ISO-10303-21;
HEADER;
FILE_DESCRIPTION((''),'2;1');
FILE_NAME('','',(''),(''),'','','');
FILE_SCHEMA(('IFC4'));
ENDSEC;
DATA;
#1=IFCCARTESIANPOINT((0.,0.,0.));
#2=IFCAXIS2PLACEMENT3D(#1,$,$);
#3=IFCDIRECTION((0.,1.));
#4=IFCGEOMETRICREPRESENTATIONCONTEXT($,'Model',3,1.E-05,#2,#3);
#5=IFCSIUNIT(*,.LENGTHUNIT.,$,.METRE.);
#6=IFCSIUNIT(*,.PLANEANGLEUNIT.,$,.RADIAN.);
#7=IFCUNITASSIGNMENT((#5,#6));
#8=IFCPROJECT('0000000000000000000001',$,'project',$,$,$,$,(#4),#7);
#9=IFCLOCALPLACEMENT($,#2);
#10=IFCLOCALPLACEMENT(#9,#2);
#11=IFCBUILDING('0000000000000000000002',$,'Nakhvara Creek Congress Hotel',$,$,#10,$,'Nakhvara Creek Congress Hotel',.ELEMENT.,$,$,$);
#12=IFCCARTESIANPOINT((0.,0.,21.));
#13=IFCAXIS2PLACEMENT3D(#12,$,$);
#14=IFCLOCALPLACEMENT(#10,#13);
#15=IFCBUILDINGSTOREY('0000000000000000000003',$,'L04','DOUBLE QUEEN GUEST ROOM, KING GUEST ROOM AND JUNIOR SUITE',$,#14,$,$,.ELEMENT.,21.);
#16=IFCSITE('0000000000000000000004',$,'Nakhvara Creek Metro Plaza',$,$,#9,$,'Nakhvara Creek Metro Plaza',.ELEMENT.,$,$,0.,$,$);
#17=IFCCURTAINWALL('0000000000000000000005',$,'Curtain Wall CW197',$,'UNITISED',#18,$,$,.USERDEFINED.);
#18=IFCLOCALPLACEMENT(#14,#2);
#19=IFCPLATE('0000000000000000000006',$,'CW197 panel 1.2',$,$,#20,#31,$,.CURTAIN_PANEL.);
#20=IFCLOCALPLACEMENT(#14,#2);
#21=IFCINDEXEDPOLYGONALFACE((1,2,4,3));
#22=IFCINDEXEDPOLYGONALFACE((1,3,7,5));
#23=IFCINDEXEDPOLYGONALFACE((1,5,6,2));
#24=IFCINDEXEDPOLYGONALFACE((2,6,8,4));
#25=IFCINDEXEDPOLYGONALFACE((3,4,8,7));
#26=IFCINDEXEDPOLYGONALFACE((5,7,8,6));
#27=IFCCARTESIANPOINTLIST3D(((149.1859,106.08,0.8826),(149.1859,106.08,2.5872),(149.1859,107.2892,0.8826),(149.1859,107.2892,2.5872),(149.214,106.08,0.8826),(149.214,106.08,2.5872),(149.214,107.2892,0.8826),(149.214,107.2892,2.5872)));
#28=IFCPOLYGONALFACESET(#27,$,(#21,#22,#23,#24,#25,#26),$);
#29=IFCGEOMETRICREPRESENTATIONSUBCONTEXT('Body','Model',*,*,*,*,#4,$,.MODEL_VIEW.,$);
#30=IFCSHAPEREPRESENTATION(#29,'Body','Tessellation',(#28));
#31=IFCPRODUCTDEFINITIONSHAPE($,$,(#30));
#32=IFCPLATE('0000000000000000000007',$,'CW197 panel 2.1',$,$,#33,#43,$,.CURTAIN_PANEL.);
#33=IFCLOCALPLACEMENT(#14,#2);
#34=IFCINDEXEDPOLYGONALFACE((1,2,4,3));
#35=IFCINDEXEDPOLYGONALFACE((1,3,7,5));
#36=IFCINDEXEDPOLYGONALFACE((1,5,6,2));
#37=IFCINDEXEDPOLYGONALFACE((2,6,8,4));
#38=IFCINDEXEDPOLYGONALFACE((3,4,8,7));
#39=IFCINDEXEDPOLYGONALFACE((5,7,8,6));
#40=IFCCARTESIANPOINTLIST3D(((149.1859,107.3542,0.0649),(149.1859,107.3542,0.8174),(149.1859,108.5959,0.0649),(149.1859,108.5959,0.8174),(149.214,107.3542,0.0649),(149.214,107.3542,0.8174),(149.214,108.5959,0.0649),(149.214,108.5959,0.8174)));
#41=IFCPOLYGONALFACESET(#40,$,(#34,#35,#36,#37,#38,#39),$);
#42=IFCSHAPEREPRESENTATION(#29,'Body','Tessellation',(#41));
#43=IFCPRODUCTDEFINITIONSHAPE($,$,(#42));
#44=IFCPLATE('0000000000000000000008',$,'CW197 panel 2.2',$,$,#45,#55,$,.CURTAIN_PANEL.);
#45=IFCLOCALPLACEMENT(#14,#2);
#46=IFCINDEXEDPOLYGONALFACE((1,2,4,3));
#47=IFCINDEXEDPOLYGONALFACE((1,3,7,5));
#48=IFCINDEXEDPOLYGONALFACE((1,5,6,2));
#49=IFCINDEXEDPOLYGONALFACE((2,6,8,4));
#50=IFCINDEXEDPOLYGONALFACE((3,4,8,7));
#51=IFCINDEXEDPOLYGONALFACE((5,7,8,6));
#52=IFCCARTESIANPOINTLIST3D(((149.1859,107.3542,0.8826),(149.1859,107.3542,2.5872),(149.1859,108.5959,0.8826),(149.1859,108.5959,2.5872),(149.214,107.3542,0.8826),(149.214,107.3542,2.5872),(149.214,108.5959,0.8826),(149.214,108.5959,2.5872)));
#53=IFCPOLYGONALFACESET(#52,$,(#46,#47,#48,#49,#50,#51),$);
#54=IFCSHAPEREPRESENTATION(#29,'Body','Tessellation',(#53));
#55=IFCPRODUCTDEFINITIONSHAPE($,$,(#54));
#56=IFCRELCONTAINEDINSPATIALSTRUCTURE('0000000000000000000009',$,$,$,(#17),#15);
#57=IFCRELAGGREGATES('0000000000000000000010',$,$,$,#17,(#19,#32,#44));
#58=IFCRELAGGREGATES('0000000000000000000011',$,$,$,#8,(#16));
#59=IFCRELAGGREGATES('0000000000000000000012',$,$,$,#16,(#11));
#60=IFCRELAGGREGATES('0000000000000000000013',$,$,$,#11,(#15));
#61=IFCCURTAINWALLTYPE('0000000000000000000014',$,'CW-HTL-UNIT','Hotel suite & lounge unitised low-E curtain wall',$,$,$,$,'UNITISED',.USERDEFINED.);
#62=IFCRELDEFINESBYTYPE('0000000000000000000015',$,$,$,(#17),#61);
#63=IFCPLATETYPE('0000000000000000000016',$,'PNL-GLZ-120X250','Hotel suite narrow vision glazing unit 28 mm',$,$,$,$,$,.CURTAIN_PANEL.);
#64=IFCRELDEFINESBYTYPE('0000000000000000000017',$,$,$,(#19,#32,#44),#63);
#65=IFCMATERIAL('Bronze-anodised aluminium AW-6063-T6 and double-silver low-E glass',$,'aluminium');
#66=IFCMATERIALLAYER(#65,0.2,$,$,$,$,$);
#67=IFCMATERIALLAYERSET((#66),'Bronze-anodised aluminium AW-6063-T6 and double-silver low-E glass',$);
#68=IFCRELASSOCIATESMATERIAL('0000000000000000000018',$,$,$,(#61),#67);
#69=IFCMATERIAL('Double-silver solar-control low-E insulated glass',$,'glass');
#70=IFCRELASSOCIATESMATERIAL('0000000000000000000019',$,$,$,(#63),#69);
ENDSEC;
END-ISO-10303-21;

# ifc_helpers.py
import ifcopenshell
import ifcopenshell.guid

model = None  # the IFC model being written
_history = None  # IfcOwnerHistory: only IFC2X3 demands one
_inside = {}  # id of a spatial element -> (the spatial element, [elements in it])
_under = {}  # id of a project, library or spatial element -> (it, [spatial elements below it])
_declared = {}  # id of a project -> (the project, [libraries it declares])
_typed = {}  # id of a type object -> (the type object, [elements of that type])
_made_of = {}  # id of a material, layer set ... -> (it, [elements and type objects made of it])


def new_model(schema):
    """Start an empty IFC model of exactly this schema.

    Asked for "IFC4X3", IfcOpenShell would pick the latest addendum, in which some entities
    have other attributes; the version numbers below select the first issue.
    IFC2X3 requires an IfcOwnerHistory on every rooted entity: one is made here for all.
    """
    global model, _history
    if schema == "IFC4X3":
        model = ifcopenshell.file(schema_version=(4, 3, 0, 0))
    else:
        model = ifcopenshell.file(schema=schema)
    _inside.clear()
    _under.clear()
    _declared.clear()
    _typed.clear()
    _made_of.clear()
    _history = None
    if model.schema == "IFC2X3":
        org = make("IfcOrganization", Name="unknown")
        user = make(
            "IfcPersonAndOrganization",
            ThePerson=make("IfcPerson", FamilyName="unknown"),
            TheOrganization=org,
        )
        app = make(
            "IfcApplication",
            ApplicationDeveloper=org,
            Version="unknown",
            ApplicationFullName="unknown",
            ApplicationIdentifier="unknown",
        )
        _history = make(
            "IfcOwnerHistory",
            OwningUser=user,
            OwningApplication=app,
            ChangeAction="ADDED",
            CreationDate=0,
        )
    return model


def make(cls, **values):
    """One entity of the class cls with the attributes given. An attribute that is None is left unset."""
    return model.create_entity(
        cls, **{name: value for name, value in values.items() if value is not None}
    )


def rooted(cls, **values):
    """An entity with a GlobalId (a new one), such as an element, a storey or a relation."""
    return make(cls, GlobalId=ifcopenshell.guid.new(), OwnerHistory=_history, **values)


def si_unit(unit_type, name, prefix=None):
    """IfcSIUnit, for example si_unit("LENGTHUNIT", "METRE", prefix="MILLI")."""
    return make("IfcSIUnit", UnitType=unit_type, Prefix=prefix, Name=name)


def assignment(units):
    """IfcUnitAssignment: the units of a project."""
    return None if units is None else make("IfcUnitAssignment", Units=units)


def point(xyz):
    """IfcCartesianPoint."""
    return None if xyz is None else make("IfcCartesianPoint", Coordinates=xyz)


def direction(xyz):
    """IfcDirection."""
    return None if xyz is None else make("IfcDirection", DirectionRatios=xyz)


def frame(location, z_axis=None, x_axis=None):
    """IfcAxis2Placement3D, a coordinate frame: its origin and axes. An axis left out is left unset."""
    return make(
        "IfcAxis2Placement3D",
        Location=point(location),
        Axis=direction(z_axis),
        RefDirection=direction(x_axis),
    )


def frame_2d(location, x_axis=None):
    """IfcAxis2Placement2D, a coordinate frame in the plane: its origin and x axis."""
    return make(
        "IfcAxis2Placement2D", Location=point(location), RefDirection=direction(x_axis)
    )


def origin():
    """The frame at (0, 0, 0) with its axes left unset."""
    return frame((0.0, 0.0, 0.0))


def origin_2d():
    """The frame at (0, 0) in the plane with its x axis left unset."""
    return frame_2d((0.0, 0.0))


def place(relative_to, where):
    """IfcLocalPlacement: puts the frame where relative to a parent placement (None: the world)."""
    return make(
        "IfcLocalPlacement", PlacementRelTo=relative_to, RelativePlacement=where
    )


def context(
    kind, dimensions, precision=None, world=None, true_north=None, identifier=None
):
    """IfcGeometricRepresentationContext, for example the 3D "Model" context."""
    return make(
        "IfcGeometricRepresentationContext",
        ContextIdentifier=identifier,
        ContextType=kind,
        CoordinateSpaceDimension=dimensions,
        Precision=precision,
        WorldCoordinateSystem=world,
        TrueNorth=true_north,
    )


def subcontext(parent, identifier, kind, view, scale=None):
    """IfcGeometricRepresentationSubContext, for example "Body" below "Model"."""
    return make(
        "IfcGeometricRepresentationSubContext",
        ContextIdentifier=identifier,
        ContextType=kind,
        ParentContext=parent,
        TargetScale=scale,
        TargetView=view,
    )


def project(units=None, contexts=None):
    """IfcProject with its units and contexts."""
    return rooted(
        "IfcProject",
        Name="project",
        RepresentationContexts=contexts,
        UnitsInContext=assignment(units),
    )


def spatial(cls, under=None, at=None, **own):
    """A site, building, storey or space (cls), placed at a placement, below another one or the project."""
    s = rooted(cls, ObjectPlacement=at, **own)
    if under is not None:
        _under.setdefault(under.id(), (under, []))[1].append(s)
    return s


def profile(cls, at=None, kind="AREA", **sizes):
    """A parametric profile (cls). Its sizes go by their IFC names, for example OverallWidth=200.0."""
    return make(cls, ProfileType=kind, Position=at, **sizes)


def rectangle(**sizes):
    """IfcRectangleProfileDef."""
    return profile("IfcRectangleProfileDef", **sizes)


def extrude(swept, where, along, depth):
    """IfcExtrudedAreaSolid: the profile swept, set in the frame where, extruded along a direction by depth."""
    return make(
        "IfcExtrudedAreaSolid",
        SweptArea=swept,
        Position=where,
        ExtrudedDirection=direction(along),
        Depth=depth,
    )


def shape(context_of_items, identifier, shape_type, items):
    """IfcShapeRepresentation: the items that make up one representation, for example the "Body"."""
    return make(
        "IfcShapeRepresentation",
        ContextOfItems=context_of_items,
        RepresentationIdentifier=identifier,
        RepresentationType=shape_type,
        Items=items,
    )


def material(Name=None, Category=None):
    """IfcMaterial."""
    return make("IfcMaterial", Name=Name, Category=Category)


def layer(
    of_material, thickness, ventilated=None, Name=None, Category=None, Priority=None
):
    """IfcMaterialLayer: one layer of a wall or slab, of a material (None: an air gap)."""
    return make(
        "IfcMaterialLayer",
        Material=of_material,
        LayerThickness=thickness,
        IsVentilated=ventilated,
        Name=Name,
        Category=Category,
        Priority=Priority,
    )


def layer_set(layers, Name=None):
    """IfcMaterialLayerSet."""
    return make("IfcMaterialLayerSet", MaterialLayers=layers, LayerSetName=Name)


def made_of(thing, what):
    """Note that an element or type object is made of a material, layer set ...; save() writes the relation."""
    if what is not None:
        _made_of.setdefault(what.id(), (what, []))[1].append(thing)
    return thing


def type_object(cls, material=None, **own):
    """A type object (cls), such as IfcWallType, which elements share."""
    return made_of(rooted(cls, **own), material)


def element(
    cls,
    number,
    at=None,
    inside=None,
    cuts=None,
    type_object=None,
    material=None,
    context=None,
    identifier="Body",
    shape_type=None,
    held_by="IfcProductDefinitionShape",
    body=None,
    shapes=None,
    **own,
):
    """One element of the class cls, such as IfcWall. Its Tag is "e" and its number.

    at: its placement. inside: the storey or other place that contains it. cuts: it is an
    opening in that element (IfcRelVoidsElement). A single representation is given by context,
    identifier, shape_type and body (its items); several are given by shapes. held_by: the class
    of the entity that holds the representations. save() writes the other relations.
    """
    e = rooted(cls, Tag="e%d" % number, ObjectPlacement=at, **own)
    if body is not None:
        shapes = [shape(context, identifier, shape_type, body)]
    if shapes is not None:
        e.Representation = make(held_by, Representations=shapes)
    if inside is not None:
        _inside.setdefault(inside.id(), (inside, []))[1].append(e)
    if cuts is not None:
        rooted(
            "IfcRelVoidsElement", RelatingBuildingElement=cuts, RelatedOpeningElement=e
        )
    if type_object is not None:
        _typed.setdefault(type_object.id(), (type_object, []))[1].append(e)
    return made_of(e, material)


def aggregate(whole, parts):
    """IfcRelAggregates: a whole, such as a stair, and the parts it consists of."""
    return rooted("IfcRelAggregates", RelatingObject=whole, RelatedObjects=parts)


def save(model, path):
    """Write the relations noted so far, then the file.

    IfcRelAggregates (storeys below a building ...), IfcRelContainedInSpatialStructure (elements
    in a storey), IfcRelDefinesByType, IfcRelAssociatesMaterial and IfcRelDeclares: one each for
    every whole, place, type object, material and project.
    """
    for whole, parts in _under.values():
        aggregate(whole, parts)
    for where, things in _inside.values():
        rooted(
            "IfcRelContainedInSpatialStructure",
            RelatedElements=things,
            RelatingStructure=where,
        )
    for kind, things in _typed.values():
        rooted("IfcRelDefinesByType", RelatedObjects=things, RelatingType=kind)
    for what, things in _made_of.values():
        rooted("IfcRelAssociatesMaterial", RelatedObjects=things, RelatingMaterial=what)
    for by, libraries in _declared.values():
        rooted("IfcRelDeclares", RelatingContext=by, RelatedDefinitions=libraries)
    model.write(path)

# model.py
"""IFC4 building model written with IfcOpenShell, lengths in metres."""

from ifc_helpers import new_model, si_unit, direction, frame, origin, origin_2d, place, context, subcontext, project, spatial, rectangle, extrude, material, layer, layer_set, type_object, element, aggregate, save


model = new_model("IFC4")

# Units and contexts
model_context = context("Model", 3, precision=1e-05, world=origin(), true_north=direction((0.0, 1.0)))
body_context = subcontext(model_context, "Body", "Model", "MODEL_VIEW")
ifc_project = project(units=[si_unit("LENGTHUNIT", "METRE"), si_unit("PLANEANGLEUNIT", "RADIAN")], contexts=[model_context])

# Site, building, storey
site_placement = place(None, origin())
site = spatial("IfcSite", under=ifc_project, at=site_placement, Name="Nakhvara Creek Metro Plaza", LongName="Nakhvara Creek Metro Plaza", CompositionType="ELEMENT", RefElevation=0.0)
building_placement = place(site_placement, origin())
building = spatial("IfcBuilding", under=site, at=building_placement, Name="Nakhvara Creek Congress Hotel", LongName="Nakhvara Creek Congress Hotel", CompositionType="ELEMENT")
storey_placement = place(building_placement, frame((0.0, 0.0, 21.0)))
storey = spatial("IfcBuildingStorey", under=building, at=storey_placement, Name="L04", Description="DOUBLE QUEEN GUEST ROOM, KING GUEST ROOM AND JUNIOR SUITE", CompositionType="ELEMENT", Elevation=21.0)

# Curtain wall
ifc_material_1 = material(Name="Bronze-anodised aluminium AW-6063-T6 and double-silver low-E glass", Category="aluminium")
ifc_layer = layer(ifc_material_1, 0.2)
ifc_layer_set = layer_set([ifc_layer], Name="Bronze-anodised aluminium AW-6063-T6 and double-silver low-E glass")
curtain_wall_type = type_object("IfcCurtainWallType", Name="CW-HTL-UNIT", Description="Hotel suite & lounge unitised low-E curtain wall", ElementType="UNITISED", PredefinedType="USERDEFINED", material=ifc_layer_set)
curtain_wall_1_placement = place(storey_placement, origin())
curtain_wall_1 = element("IfcCurtainWall", 1, at=curtain_wall_1_placement, inside=storey, type_object=curtain_wall_type, Name="Curtain Wall CW197", ObjectType="UNITISED", PredefinedType="USERDEFINED")

# Plates
ifc_material_2 = material(Name="Double-silver solar-control low-E insulated glass", Category="glass")
plate_type = type_object("IfcPlateType", Name="PNL-GLZ-120X250", Description="Hotel suite narrow vision glazing unit 28 mm", PredefinedType="CURTAIN_PANEL", material=ifc_material_2)
plate_1_placement = place(storey_placement, frame((149.2, 106.6846, 0.8826), z_axis=(0.0, 0.0, 1.0), x_axis=(0.0, 1.0, 0.0)))
plate_1 = element("IfcPlate", 2, at=plate_1_placement, type_object=plate_type, Name="CW197 panel 1.2", PredefinedType="CURTAIN_PANEL", context=body_context, shape_type="SweptSolid", body=[
    extrude(rectangle(XDim=1.2092, YDim=0.0281, at=origin_2d()), origin(), (0.0, 0.0, 1.0), 1.7046),
])
plate_2_placement = place(storey_placement, frame((149.2, 107.9751, 0.0649), z_axis=(0.0, 0.0, 1.0), x_axis=(0.0, 1.0, 0.0)))
plate_2 = element("IfcPlate", 3, at=plate_2_placement, type_object=plate_type, Name="CW197 panel 2.1", PredefinedType="CURTAIN_PANEL", context=body_context, shape_type="SweptSolid", body=[
    extrude(rectangle(XDim=1.2417, YDim=0.0281, at=origin_2d()), origin(), (0.0, 0.0, 1.0), 0.7524),
])
plate_3_placement = place(storey_placement, frame((149.2, 107.9751, 0.8826), z_axis=(0.0, 0.0, 1.0), x_axis=(0.0, 1.0, 0.0)))
plate_3 = element("IfcPlate", 4, at=plate_3_placement, type_object=plate_type, Name="CW197 panel 2.2", PredefinedType="CURTAIN_PANEL", context=body_context, shape_type="SweptSolid", body=[
    extrude(rectangle(XDim=1.2417, YDim=0.0281, at=origin_2d()), origin(), (0.0, 0.0, 1.0), 1.7046),
])
aggregate(curtain_wall_1, [plate_1, plate_2, plate_3])

save(model, "model.ifc")
